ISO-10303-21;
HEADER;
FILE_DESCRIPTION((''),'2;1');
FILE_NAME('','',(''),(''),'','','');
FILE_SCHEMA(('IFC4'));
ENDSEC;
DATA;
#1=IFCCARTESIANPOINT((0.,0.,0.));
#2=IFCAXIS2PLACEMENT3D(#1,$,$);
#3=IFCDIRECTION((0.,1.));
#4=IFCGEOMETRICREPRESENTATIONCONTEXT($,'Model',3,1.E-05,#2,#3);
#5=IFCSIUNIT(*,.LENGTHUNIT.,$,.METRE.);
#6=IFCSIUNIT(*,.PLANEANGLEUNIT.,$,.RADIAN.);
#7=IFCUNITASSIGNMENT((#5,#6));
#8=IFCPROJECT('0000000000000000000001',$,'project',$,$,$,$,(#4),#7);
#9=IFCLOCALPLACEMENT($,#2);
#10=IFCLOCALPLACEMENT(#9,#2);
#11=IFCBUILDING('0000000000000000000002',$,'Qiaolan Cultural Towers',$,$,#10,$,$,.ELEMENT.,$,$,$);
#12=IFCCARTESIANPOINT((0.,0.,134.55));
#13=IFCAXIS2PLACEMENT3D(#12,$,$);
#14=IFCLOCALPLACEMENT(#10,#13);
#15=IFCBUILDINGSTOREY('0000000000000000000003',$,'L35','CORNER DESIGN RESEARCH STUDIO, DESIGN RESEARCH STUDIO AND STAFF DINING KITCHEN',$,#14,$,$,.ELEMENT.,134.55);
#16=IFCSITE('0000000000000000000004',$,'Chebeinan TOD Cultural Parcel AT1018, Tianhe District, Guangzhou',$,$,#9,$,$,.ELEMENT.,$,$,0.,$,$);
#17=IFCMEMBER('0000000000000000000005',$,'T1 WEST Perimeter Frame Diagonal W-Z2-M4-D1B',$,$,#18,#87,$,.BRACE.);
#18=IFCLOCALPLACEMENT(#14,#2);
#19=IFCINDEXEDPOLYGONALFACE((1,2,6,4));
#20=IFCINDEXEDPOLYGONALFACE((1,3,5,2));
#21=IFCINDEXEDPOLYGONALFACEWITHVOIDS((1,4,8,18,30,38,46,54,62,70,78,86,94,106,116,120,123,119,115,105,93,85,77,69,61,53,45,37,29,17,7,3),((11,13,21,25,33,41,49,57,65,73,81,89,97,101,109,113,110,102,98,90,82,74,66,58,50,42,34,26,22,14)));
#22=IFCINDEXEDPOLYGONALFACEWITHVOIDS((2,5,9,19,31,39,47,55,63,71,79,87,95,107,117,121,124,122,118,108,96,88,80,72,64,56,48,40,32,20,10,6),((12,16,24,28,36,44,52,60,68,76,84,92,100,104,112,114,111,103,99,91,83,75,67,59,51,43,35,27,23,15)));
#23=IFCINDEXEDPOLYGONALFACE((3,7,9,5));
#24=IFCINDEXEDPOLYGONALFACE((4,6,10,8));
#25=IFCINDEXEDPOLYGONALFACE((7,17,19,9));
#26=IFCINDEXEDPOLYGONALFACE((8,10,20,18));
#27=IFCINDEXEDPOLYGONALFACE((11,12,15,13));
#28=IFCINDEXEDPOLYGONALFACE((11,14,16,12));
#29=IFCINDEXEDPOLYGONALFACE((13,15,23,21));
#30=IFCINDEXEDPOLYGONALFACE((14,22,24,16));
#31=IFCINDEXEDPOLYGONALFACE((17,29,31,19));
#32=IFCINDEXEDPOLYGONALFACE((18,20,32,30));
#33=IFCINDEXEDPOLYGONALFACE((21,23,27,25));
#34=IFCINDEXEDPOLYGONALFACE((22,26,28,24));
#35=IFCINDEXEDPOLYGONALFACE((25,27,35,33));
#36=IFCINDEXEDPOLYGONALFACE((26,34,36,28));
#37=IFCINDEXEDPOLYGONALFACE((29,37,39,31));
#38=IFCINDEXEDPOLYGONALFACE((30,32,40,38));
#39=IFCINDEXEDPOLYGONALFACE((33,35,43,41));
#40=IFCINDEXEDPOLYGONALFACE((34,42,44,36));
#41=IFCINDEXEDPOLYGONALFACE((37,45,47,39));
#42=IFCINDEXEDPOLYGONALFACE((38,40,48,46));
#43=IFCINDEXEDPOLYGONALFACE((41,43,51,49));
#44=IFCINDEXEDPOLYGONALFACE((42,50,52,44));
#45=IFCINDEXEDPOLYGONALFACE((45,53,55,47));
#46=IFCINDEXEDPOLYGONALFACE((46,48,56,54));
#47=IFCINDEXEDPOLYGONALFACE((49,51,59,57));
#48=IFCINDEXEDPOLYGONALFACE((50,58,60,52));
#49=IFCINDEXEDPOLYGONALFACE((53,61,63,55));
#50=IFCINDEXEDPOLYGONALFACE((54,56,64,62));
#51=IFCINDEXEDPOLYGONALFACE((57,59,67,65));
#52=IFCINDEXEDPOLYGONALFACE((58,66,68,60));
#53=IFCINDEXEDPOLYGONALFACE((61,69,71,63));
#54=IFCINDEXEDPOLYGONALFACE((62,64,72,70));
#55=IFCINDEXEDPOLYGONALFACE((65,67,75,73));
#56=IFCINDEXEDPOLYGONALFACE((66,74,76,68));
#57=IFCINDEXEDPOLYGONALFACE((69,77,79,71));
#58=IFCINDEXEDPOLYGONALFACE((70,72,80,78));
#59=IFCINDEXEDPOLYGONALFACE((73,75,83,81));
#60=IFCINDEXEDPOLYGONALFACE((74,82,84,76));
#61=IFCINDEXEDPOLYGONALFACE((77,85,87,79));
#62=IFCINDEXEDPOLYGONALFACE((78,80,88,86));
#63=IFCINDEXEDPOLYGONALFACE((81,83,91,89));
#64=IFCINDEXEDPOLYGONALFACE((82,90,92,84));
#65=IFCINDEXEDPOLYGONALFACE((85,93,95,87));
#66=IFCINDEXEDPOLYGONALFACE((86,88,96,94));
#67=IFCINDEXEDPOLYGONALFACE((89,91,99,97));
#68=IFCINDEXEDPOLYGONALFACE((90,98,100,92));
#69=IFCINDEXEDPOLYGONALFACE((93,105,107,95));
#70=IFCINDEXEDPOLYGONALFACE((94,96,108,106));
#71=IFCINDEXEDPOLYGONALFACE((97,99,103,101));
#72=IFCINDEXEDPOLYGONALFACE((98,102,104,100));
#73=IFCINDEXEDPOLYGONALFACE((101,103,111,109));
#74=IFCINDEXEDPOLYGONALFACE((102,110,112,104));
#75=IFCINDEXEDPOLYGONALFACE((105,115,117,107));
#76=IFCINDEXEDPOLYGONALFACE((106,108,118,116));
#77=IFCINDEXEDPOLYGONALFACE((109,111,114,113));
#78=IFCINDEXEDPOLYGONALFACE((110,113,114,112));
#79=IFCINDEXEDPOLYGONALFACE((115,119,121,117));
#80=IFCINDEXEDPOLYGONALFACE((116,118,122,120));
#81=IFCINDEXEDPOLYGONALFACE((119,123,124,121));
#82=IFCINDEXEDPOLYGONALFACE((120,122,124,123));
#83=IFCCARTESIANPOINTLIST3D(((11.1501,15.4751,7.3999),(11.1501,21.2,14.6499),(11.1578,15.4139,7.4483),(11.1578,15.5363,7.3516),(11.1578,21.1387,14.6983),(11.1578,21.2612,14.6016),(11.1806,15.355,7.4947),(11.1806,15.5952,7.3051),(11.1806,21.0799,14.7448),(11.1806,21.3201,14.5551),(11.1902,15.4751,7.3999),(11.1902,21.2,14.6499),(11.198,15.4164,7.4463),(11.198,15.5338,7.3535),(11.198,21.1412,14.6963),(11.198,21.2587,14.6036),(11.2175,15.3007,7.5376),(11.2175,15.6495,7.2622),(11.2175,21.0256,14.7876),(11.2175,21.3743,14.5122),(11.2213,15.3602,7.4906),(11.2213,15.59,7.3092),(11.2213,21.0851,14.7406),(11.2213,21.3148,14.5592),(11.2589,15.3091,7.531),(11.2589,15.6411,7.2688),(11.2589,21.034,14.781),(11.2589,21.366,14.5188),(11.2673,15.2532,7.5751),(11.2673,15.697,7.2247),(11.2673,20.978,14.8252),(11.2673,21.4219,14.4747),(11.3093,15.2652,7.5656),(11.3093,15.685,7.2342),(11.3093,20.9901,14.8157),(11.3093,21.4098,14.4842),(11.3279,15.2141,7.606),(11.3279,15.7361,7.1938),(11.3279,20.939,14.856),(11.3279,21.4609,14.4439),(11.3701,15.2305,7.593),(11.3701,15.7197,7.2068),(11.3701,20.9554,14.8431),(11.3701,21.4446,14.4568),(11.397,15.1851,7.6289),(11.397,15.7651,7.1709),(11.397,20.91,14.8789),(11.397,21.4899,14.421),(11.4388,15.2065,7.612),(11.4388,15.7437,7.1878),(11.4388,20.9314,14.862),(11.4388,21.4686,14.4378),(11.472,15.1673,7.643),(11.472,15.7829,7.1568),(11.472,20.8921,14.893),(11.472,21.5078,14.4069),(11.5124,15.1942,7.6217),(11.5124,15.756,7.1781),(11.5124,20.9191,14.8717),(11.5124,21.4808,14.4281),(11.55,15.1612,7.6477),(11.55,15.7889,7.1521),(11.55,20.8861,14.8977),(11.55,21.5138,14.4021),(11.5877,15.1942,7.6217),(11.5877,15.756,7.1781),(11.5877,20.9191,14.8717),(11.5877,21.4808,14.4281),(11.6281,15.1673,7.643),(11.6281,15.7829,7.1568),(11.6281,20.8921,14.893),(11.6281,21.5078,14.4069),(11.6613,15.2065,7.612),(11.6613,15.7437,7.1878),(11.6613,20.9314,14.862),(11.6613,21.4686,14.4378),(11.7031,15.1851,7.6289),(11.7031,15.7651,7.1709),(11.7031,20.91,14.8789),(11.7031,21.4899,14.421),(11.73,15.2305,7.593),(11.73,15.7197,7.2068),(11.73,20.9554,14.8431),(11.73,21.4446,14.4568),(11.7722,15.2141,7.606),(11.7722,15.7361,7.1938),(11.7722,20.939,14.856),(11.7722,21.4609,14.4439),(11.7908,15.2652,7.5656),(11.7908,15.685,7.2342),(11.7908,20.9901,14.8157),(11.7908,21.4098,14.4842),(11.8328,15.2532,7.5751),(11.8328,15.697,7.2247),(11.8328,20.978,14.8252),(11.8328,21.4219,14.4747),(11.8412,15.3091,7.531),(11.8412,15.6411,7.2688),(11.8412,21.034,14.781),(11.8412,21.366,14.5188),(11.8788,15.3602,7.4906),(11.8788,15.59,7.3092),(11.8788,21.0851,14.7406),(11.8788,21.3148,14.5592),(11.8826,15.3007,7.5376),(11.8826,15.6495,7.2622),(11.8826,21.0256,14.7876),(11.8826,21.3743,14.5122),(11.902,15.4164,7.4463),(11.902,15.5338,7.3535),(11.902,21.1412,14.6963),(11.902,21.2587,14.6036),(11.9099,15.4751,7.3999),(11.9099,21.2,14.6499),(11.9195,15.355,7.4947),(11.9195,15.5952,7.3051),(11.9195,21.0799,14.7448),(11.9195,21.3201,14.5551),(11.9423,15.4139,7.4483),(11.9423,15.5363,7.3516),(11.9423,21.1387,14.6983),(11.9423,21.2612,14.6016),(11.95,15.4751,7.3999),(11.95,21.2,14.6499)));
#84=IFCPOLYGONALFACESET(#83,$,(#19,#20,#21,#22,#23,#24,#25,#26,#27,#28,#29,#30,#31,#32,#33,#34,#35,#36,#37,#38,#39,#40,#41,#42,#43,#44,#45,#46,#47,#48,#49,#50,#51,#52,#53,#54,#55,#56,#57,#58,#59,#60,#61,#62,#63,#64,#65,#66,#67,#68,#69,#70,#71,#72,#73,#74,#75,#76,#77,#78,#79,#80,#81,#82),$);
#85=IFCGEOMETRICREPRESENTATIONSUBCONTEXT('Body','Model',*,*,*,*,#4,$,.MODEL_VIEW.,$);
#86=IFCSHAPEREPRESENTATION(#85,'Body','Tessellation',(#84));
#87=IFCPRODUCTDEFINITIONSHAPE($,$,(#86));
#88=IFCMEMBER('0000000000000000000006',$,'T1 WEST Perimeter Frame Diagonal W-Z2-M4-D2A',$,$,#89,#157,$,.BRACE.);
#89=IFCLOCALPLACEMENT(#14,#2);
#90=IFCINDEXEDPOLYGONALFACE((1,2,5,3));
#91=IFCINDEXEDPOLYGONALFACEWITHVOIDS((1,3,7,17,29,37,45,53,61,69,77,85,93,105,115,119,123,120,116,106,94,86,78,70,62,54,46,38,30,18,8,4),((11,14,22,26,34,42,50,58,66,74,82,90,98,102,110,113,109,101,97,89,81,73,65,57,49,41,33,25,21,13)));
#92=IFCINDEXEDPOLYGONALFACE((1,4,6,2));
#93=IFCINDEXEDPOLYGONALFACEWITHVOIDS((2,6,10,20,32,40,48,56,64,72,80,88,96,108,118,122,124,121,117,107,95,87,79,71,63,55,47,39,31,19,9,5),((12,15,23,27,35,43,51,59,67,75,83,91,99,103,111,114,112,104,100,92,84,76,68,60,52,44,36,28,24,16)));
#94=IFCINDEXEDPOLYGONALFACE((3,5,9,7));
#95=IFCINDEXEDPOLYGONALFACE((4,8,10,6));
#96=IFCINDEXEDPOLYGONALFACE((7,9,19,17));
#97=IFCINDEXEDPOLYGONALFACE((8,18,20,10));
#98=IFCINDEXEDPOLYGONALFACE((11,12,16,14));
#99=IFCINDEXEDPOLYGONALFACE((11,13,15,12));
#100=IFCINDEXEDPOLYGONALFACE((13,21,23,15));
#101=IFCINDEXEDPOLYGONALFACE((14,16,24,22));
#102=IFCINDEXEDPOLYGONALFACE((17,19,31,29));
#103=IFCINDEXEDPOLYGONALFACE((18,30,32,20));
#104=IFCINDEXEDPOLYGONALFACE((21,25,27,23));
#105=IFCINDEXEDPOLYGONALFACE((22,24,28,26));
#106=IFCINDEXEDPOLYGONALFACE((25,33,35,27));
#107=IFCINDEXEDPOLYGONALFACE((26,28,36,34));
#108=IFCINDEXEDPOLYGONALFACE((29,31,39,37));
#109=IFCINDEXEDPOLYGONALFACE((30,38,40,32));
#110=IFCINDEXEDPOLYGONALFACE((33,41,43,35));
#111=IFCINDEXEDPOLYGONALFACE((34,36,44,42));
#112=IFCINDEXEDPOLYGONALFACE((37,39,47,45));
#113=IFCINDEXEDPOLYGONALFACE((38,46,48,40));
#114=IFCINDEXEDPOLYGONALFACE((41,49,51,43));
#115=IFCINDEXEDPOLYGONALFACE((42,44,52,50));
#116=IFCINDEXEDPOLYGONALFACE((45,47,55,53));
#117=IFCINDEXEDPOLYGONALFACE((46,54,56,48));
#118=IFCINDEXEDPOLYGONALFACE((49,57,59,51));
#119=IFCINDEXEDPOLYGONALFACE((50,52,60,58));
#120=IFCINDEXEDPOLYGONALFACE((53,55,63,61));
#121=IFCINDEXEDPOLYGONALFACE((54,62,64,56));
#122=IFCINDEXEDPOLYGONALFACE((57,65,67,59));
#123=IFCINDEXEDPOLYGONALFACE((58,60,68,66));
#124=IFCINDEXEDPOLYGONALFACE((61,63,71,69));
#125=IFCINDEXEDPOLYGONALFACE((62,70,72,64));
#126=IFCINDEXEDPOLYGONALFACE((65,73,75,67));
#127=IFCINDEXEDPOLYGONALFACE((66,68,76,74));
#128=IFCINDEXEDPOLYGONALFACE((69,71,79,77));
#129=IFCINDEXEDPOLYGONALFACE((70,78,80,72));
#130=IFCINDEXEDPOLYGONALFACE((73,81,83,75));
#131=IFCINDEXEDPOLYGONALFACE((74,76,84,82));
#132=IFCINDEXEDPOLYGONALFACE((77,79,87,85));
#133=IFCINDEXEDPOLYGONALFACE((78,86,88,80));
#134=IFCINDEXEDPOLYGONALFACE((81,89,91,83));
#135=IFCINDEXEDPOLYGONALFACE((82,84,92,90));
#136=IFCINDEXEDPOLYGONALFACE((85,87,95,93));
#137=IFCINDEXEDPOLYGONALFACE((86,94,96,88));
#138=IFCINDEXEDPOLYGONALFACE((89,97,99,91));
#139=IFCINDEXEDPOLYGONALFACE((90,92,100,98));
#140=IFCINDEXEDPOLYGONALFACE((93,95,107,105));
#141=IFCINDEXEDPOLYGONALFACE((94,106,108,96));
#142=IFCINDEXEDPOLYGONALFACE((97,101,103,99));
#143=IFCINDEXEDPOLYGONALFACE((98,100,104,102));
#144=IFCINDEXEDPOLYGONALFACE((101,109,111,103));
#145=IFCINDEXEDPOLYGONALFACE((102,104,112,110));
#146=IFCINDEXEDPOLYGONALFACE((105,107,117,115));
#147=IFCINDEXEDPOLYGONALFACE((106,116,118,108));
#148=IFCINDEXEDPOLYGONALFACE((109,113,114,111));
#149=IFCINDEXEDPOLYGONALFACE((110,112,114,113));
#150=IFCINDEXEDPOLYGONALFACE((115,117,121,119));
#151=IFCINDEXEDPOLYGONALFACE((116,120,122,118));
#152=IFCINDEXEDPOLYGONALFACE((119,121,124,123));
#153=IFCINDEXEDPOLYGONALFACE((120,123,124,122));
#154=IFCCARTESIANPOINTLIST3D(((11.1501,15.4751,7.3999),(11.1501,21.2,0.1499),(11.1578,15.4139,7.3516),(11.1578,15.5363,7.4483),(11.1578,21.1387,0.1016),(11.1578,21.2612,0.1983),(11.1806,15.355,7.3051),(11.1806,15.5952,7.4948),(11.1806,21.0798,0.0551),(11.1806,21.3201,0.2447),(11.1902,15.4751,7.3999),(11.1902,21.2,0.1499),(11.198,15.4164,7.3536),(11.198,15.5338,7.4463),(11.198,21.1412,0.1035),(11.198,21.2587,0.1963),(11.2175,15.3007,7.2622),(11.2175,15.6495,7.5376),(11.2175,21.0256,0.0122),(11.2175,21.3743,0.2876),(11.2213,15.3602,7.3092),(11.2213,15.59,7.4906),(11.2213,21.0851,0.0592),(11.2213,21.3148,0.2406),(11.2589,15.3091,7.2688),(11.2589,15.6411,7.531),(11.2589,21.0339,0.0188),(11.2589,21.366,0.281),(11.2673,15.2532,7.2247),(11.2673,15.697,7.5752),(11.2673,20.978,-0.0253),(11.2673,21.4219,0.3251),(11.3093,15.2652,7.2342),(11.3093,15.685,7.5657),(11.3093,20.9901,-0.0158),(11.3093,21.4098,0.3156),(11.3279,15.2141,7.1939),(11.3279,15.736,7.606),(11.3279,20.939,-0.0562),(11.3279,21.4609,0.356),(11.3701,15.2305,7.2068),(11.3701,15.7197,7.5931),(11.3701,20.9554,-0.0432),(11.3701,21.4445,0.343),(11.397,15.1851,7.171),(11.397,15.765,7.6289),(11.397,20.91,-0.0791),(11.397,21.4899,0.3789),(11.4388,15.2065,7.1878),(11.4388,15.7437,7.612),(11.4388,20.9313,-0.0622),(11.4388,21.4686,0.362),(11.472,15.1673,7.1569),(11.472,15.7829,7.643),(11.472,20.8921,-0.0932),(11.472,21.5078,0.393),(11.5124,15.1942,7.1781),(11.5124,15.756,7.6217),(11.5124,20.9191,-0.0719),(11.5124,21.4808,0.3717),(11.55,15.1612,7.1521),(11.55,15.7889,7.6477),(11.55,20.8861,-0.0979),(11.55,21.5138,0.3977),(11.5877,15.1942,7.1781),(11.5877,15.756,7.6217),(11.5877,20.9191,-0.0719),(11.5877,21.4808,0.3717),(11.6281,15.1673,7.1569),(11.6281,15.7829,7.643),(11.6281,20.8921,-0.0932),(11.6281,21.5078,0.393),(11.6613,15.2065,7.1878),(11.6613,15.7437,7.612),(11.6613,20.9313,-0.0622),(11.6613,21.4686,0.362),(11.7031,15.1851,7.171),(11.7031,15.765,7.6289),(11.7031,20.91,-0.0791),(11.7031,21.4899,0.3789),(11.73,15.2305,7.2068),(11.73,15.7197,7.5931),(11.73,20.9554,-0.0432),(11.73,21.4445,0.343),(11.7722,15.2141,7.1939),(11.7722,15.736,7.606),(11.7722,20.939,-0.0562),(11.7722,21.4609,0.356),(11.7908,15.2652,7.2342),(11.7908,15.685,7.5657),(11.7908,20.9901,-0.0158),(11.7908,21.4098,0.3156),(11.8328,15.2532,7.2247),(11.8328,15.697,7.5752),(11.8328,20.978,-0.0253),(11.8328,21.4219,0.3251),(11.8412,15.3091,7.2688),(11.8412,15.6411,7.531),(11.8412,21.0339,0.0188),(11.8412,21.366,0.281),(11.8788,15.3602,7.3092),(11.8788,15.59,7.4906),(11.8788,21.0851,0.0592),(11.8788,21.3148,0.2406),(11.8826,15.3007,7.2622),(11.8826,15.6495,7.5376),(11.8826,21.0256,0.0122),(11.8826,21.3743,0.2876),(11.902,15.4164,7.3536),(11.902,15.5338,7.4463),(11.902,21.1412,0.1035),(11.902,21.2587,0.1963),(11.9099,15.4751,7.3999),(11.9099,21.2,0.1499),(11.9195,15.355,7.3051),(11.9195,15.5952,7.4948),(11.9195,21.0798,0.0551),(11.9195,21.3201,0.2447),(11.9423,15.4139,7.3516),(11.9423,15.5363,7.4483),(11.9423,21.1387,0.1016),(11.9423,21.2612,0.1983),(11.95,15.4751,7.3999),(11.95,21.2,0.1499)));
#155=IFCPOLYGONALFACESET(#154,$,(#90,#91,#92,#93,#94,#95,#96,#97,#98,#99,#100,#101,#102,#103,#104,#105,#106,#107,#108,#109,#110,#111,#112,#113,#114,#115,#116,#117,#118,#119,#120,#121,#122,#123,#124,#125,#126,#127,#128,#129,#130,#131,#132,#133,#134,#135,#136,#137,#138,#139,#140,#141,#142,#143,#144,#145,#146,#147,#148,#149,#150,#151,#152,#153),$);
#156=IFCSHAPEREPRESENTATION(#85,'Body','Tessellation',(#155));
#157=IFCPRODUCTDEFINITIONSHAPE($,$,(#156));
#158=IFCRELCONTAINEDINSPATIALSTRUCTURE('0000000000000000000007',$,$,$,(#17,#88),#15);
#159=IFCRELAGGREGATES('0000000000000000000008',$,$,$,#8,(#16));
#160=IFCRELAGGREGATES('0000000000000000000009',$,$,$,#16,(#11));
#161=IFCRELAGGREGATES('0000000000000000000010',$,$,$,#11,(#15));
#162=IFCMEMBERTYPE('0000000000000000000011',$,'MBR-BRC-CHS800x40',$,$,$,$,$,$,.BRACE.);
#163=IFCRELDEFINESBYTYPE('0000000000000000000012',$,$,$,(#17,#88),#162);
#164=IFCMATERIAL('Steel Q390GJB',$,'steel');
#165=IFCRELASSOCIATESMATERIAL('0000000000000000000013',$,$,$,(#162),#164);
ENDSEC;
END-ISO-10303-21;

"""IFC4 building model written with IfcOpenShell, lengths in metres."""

from ifc_helpers import new_model, si_unit, direction, frame, origin, origin_2d, place, context, subcontext, project, spatial, hollow_circle, extrude, material, material_profile, profile_set, type_object, element, save


model = new_model("IFC4")

# Units and contexts
model_context = context("Model", 3, precision=1e-05, world=origin(), true_north=direction((0.0, 1.0)))
body_context = subcontext(model_context, "Body", "Model", "MODEL_VIEW")
ifc_project = project(units=[si_unit("LENGTHUNIT", "METRE"), si_unit("PLANEANGLEUNIT", "RADIAN")], contexts=[model_context])

# Site, building, storey
site_placement = place(None, origin())
site = spatial("IfcSite", under=ifc_project, at=site_placement, Name="Chebeinan TOD Cultural Parcel AT1018, Tianhe District, Guangzhou", CompositionType="ELEMENT", RefElevation=0.0)
building_placement = place(site_placement, origin())
building = spatial("IfcBuilding", under=site, at=building_placement, Name="Qiaolan Cultural Towers", CompositionType="ELEMENT")
storey_placement = place(building_placement, frame((0.0, 0.0, 134.55)))
storey = spatial("IfcBuildingStorey", under=building, at=storey_placement, Name="L35", Description="CORNER DESIGN RESEARCH STUDIO, DESIGN RESEARCH STUDIO AND STAFF DINING KITCHEN", CompositionType="ELEMENT", Elevation=134.55)

# Members
ifc_material_1 = material(Name="Steel Q390GJB", Category="steel")
ifc_material_profile_1 = material_profile(ifc_material_1, hollow_circle(Radius=0.3999, WallThickness=0.04, at=origin_2d()), Name="CHS800x40")
ifc_profile_set_1 = profile_set([ifc_material_profile_1], Name="Steel Q390GJB")
member_type = type_object("IfcMemberType", Name="MBR-BRC-CHS800x40", PredefinedType="BRACE", material=ifc_profile_set_1)
for number, where, z_axis, x_axis, name in (
    (1, (11.55, 15.4751, 7.3999), (0.0, 0.619722, 0.784821), (-1.0, 0.0, 0.0), "T1 WEST Perimeter Frame Diagonal W-Z2-M4-D1B"),
    (2, (11.55, 21.2, 0.1499), (0.0, -0.619722, 0.784821), (1.0, 0.0, 0.0), "T1 WEST Perimeter Frame Diagonal W-Z2-M4-D2A"),
):
    element("IfcMember", number, at=place(storey_placement, frame(where, z_axis=z_axis, x_axis=x_axis)), inside=storey, type_object=member_type, Name=name, PredefinedType="BRACE", context=body_context, shape_type="SweptSolid", body=[
        extrude(hollow_circle(Radius=0.3999, WallThickness=0.04, at=origin_2d()), origin(), (0.0, 0.0, 1.0), 9.2378),
    ])

save(model, "model.ifc")
